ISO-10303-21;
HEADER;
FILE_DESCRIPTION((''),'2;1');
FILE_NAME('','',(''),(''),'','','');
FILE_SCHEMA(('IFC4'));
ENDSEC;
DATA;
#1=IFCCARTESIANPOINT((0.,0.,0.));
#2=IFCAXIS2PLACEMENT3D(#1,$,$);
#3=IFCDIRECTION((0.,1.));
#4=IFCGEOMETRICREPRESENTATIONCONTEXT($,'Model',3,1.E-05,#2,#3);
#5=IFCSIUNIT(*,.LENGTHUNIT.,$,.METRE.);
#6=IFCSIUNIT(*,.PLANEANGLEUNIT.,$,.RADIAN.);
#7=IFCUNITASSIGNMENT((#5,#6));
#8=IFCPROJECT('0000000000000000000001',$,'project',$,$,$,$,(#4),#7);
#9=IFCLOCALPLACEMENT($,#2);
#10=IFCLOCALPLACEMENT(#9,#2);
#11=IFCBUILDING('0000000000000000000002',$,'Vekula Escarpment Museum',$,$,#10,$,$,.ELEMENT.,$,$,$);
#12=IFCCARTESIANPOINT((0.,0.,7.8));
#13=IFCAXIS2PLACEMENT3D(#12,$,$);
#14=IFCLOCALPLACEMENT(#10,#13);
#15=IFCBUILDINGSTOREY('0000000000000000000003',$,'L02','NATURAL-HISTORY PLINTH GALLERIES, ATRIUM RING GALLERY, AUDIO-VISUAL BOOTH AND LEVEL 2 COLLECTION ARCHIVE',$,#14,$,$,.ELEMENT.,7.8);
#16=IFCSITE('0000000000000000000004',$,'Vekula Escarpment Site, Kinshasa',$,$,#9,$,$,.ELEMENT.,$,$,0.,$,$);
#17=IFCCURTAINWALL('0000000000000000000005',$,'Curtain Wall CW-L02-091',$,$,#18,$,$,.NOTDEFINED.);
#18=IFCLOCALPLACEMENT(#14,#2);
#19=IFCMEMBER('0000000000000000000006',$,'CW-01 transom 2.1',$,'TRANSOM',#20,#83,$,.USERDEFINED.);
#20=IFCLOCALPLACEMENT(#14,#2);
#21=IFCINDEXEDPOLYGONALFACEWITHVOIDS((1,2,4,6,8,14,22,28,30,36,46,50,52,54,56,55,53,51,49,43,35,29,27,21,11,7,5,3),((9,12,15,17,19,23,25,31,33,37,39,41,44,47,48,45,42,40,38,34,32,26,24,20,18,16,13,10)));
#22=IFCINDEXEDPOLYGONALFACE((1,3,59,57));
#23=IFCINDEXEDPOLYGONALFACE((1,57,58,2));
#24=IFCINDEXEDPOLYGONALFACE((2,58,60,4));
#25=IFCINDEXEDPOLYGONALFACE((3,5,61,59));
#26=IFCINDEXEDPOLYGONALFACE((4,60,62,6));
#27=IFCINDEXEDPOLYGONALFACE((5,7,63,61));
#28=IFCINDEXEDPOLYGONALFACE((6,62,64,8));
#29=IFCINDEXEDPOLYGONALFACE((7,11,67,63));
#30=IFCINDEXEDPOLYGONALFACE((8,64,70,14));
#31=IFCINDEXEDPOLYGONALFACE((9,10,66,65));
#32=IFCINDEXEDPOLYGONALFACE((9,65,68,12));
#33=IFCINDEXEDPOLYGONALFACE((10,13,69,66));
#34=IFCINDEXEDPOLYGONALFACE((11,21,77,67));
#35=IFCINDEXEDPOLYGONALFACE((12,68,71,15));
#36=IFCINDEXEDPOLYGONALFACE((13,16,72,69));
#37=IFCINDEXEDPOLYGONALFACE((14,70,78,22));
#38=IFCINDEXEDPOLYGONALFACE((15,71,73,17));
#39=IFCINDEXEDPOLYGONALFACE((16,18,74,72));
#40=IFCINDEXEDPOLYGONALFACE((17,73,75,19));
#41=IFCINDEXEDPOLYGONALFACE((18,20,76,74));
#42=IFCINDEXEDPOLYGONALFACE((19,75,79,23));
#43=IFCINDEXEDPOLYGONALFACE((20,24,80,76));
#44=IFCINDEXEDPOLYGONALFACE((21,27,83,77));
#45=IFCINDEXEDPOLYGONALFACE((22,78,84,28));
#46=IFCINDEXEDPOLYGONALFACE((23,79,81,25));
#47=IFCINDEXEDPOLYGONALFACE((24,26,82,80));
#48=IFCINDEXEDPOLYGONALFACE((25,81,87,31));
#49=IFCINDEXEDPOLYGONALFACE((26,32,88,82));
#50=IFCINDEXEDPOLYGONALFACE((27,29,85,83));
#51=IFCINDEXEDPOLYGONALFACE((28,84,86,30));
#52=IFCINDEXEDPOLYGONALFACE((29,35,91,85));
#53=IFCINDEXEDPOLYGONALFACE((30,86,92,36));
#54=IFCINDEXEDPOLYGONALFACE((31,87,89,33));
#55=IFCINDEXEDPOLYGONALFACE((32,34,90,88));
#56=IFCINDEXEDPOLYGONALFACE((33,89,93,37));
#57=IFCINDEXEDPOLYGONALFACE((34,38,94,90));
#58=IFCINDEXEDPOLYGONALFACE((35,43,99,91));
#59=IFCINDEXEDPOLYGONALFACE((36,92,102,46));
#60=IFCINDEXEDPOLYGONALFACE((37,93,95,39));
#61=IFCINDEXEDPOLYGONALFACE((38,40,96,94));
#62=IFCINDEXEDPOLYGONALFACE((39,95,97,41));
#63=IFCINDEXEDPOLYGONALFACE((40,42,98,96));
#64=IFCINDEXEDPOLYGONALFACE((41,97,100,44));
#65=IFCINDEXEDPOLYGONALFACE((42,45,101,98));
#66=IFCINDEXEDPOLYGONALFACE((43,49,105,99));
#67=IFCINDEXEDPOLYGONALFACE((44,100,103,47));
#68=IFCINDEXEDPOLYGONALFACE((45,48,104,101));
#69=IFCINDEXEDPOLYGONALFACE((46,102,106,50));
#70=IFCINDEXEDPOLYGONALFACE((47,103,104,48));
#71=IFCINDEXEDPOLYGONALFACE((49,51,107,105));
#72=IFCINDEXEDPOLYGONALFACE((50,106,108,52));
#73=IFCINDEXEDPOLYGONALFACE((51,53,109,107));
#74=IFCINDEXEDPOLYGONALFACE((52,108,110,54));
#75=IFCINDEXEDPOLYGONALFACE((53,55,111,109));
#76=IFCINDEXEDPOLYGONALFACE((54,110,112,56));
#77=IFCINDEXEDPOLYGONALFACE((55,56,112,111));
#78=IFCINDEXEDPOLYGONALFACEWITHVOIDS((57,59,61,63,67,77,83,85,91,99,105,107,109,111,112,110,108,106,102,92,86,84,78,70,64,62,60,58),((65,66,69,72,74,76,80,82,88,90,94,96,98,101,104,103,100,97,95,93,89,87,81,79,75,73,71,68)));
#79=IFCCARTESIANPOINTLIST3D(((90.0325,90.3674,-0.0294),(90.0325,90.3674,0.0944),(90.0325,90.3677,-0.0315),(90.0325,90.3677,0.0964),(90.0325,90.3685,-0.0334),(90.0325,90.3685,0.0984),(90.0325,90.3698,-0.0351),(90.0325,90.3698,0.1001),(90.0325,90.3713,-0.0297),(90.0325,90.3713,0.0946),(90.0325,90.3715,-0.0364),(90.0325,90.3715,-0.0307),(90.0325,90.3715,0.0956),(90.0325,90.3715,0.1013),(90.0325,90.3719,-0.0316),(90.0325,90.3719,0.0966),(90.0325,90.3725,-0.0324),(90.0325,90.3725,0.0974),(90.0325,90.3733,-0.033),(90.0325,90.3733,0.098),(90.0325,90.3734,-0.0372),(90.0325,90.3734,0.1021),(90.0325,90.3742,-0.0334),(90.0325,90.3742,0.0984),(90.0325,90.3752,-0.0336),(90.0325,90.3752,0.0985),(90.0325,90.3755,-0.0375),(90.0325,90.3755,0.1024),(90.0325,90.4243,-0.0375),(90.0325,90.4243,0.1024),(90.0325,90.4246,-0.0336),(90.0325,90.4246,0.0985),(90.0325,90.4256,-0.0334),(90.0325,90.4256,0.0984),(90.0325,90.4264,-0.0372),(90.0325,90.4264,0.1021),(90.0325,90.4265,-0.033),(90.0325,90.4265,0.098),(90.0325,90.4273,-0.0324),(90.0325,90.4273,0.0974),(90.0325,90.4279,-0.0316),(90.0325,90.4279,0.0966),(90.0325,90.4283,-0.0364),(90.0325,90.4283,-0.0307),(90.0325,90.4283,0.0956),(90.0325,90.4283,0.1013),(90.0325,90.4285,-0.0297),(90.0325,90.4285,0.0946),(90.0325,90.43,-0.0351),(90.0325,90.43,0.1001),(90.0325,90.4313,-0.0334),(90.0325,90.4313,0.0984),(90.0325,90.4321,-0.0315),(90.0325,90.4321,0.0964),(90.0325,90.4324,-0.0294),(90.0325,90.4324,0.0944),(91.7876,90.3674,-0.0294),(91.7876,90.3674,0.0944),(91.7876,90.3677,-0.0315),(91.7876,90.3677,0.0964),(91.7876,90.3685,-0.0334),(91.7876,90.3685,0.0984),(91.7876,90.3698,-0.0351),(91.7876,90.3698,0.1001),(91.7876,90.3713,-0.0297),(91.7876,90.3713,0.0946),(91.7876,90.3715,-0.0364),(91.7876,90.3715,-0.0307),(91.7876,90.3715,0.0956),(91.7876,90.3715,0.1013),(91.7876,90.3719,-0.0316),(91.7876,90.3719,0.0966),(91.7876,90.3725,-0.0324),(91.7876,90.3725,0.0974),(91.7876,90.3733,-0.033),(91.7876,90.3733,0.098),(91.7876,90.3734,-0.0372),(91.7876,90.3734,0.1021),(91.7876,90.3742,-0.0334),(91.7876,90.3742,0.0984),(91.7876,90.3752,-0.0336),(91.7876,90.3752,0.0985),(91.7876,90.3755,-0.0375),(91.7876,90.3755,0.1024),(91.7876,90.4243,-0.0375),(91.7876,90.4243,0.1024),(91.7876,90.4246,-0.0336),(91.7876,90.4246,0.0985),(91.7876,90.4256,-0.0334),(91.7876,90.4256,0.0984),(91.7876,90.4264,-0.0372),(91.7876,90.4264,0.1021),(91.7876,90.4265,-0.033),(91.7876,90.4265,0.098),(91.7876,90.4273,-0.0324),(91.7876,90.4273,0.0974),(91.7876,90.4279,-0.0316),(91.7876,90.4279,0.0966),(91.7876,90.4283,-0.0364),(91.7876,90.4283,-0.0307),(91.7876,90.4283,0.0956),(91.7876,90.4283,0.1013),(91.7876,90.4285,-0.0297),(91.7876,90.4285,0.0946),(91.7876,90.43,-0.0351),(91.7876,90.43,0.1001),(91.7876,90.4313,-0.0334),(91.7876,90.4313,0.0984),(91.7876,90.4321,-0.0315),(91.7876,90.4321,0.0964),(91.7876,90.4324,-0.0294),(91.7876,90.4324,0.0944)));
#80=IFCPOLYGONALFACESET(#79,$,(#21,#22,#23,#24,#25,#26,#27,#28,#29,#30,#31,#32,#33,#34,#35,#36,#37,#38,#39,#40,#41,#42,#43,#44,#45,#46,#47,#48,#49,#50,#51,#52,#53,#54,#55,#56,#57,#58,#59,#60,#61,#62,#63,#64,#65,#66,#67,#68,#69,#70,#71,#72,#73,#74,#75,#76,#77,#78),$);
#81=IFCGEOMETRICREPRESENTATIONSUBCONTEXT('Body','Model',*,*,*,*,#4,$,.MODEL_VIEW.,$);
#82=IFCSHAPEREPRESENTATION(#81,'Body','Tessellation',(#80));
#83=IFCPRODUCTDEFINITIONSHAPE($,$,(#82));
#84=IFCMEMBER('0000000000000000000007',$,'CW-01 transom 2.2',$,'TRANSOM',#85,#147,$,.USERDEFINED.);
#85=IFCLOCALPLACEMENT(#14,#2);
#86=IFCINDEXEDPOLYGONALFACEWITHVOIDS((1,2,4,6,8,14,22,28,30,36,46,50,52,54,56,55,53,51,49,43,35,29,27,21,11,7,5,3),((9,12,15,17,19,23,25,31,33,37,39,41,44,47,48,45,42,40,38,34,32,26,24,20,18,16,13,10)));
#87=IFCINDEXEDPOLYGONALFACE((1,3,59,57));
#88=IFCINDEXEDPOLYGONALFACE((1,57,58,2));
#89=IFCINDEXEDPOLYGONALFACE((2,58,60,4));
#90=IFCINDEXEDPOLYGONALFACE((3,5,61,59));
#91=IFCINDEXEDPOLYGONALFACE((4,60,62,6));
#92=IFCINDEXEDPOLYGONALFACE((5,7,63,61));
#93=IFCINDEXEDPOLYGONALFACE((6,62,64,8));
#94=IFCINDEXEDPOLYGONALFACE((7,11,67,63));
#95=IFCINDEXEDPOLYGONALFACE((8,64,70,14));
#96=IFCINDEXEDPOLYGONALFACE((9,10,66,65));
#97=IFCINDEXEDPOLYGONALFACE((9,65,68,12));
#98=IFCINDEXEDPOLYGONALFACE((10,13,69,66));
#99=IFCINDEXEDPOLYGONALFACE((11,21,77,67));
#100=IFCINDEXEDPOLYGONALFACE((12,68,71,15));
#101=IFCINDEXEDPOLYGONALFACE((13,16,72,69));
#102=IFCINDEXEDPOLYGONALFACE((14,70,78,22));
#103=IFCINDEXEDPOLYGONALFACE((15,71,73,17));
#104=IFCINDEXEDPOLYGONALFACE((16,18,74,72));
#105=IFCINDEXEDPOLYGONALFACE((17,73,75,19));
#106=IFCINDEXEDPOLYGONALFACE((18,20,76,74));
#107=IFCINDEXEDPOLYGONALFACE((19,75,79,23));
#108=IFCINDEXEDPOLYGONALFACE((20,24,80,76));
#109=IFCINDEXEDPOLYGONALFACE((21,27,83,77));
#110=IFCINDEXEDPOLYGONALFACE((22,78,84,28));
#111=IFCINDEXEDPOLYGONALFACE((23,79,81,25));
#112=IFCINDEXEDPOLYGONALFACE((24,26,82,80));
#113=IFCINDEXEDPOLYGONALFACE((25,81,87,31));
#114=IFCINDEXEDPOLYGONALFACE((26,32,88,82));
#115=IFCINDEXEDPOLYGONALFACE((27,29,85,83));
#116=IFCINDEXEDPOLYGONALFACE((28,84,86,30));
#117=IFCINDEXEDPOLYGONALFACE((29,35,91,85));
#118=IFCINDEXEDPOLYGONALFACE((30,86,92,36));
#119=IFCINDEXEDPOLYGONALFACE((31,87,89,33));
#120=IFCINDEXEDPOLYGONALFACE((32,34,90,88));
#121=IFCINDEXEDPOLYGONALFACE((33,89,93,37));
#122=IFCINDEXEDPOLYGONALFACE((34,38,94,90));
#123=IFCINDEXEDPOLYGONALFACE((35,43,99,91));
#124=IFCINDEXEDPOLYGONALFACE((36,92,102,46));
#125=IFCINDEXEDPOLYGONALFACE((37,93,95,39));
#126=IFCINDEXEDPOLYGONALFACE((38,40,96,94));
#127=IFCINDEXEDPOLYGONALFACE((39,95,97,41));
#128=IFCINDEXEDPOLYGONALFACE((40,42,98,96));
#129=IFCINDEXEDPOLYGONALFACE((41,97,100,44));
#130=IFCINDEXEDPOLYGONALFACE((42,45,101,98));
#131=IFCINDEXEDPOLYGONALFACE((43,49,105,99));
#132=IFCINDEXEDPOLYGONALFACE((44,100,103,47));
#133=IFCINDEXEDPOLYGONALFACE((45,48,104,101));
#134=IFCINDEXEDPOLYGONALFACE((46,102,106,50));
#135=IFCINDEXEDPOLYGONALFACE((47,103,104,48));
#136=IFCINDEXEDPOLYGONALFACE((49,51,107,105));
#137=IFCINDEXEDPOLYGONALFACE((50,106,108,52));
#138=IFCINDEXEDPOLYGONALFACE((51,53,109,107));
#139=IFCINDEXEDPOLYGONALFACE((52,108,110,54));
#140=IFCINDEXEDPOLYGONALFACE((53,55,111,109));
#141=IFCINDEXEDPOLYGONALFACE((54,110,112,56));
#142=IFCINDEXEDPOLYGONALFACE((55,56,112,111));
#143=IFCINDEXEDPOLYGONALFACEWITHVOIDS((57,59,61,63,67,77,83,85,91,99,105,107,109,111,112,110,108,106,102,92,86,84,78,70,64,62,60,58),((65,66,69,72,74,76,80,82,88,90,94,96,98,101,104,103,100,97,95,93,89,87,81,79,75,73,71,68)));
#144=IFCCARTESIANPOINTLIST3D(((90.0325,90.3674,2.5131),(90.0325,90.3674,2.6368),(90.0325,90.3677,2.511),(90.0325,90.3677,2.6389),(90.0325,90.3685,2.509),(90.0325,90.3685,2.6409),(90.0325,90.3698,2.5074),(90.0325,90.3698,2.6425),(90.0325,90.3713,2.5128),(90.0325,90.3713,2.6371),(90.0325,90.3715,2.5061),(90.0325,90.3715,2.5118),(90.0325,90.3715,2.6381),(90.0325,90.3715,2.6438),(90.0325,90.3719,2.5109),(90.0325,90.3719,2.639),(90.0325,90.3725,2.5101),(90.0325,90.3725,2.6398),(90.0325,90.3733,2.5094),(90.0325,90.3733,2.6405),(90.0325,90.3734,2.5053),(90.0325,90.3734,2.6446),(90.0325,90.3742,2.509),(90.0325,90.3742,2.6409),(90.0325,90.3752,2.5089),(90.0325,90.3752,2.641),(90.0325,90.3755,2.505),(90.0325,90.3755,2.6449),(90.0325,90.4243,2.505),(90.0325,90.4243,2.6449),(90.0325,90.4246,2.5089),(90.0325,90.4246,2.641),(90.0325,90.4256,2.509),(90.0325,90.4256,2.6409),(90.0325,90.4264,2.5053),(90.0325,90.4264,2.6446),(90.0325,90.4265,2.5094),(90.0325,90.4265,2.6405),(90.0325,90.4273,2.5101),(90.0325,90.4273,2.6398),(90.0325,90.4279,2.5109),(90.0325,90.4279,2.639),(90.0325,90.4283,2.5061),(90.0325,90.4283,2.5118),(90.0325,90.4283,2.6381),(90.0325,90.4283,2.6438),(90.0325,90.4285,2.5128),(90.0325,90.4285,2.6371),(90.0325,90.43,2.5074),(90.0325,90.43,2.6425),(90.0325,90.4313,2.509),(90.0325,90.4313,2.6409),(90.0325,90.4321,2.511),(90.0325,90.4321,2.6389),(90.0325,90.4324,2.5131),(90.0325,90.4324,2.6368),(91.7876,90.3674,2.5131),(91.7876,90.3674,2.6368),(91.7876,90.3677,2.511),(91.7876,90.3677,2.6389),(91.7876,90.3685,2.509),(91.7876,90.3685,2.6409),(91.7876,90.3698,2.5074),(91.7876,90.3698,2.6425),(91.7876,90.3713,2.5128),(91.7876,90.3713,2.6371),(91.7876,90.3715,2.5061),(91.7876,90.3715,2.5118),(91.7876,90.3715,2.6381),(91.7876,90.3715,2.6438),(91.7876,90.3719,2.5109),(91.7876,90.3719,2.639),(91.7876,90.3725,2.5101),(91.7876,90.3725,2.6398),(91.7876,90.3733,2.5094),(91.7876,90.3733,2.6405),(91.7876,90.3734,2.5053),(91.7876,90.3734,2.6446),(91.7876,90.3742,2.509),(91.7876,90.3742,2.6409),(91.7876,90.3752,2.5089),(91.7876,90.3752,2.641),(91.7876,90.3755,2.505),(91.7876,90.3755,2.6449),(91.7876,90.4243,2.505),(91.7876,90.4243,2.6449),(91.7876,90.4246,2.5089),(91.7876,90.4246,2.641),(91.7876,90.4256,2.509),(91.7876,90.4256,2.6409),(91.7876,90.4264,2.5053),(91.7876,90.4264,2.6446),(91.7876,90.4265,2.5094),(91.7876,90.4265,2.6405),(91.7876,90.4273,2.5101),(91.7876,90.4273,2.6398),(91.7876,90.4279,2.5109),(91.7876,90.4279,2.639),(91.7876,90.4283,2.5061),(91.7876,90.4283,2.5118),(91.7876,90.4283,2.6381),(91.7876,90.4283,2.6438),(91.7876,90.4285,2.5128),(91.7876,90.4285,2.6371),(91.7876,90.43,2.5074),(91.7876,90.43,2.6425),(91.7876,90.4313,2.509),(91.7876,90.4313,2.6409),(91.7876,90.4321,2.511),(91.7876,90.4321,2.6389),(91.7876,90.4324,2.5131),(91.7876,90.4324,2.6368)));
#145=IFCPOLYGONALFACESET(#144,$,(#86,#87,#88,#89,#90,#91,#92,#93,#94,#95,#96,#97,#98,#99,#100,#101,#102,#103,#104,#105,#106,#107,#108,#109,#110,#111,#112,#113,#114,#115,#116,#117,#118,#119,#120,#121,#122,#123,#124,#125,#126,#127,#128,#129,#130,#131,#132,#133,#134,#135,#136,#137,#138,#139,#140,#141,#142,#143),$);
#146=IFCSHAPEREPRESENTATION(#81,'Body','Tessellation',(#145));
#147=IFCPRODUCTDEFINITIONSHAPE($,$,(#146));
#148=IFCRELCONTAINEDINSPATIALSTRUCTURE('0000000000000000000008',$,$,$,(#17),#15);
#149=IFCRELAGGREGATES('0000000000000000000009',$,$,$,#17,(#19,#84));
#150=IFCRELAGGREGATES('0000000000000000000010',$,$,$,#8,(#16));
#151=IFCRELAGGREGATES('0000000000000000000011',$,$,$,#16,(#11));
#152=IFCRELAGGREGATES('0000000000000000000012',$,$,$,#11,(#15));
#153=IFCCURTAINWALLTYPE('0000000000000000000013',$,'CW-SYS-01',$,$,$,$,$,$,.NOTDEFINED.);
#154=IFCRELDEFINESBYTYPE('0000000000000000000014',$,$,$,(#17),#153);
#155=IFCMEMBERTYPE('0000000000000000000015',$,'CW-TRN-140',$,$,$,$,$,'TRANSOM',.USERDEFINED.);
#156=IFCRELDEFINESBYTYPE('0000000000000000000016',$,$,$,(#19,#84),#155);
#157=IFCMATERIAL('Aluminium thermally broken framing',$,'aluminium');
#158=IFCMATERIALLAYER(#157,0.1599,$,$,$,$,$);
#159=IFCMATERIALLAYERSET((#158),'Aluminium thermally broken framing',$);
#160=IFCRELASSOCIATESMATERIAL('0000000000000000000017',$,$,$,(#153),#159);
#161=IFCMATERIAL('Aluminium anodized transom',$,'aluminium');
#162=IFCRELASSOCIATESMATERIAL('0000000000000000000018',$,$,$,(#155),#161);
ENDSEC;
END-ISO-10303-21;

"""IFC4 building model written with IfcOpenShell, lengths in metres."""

from ifc_helpers import new_model, si_unit, direction, frame, origin, origin_2d, place, context, subcontext, project, spatial, hollow_rectangle, extrude, material, layer, layer_set, material_profile, profile_set, type_object, element, aggregate, save


model = new_model("IFC4")

# Units and contexts
model_context = context("Model", 3, precision=1e-05, world=origin(), true_north=direction((0.0, 1.0)))
body_context = subcontext(model_context, "Body", "Model", "MODEL_VIEW")
ifc_project = project(units=[si_unit("LENGTHUNIT", "METRE"), si_unit("PLANEANGLEUNIT", "RADIAN")], contexts=[model_context])

# Site, building, storey
site_placement = place(None, origin())
site = spatial("IfcSite", under=ifc_project, at=site_placement, Name="Vekula Escarpment Site, Kinshasa", CompositionType="ELEMENT", RefElevation=0.0)
building_placement = place(site_placement, origin())
building = spatial("IfcBuilding", under=site, at=building_placement, Name="Vekula Escarpment Museum", CompositionType="ELEMENT")
storey_placement = place(building_placement, frame((0.0, 0.0, 7.8)))
storey = spatial("IfcBuildingStorey", under=building, at=storey_placement, Name="L02", Description="NATURAL-HISTORY PLINTH GALLERIES, ATRIUM RING GALLERY, AUDIO-VISUAL BOOTH AND LEVEL 2 COLLECTION ARCHIVE", CompositionType="ELEMENT", Elevation=7.8)

# Curtain wall, members
ifc_material_1 = material(Name="Aluminium thermally broken framing", Category="aluminium")
ifc_layer_1 = layer(ifc_material_1, 0.1599)
ifc_layer_set_1 = layer_set([ifc_layer_1], Name="Aluminium thermally broken framing")
curtain_wall_type = type_object("IfcCurtainWallType", Name="CW-SYS-01", PredefinedType="NOTDEFINED", material=ifc_layer_set_1)
curtain_wall_placement = place(storey_placement, origin())
curtain_wall = element("IfcCurtainWall", 1, at=curtain_wall_placement, inside=storey, type_object=curtain_wall_type, Name="Curtain Wall CW-L02-091", PredefinedType="NOTDEFINED")
ifc_material_2 = material(Name="Aluminium anodized transom", Category="aluminium")
ifc_material_profile_1 = material_profile(ifc_material_2, hollow_rectangle(XDim=0.0649, YDim=0.1399, WallThickness=0.0039, InnerFilletRadius=0.0039, OuterFilletRadius=0.0081, at=origin_2d()), Name="ALU 140x65x4")
ifc_profile_set_1 = profile_set([ifc_material_profile_1], Name="Aluminium anodized transom")
member_type_1 = type_object("IfcMemberType", Name="CW-TRN-140", ElementType="TRANSOM", PredefinedType="USERDEFINED", material=ifc_profile_set_1)
member_1_placement = place(storey_placement, frame((91.7876, 90.3999, 0.0325), z_axis=(-1.0, 0.0, 0.0), x_axis=(0.0, -1.0, 0.0)))
member_1 = element("IfcMember", 2, at=member_1_placement, type_object=member_type_1, Name="CW-01 transom 2.1", ObjectType="TRANSOM", PredefinedType="USERDEFINED", context=body_context, shape_type="SweptSolid", body=[
    extrude(hollow_rectangle(XDim=0.0649, YDim=0.1399, WallThickness=0.0039, InnerFilletRadius=0.0039, OuterFilletRadius=0.0081, at=origin_2d()), origin(), (0.0, 0.0, 1.0), 1.7551),
])
member_2_placement = place(storey_placement, frame((91.7876, 90.3999, 2.575), z_axis=(-1.0, 0.0, 0.0), x_axis=(0.0, -1.0, 0.0)))
member_2 = element("IfcMember", 3, at=member_2_placement, type_object=member_type_1, Name="CW-01 transom 2.2", ObjectType="TRANSOM", PredefinedType="USERDEFINED", context=body_context, shape_type="SweptSolid", body=[
    extrude(hollow_rectangle(XDim=0.0649, YDim=0.1399, WallThickness=0.0039, InnerFilletRadius=0.0039, OuterFilletRadius=0.0081, at=origin_2d()), origin(), (0.0, 0.0, 1.0), 1.7551),
])
aggregate(curtain_wall, [member_1, member_2])

save(model, "model.ifc")
